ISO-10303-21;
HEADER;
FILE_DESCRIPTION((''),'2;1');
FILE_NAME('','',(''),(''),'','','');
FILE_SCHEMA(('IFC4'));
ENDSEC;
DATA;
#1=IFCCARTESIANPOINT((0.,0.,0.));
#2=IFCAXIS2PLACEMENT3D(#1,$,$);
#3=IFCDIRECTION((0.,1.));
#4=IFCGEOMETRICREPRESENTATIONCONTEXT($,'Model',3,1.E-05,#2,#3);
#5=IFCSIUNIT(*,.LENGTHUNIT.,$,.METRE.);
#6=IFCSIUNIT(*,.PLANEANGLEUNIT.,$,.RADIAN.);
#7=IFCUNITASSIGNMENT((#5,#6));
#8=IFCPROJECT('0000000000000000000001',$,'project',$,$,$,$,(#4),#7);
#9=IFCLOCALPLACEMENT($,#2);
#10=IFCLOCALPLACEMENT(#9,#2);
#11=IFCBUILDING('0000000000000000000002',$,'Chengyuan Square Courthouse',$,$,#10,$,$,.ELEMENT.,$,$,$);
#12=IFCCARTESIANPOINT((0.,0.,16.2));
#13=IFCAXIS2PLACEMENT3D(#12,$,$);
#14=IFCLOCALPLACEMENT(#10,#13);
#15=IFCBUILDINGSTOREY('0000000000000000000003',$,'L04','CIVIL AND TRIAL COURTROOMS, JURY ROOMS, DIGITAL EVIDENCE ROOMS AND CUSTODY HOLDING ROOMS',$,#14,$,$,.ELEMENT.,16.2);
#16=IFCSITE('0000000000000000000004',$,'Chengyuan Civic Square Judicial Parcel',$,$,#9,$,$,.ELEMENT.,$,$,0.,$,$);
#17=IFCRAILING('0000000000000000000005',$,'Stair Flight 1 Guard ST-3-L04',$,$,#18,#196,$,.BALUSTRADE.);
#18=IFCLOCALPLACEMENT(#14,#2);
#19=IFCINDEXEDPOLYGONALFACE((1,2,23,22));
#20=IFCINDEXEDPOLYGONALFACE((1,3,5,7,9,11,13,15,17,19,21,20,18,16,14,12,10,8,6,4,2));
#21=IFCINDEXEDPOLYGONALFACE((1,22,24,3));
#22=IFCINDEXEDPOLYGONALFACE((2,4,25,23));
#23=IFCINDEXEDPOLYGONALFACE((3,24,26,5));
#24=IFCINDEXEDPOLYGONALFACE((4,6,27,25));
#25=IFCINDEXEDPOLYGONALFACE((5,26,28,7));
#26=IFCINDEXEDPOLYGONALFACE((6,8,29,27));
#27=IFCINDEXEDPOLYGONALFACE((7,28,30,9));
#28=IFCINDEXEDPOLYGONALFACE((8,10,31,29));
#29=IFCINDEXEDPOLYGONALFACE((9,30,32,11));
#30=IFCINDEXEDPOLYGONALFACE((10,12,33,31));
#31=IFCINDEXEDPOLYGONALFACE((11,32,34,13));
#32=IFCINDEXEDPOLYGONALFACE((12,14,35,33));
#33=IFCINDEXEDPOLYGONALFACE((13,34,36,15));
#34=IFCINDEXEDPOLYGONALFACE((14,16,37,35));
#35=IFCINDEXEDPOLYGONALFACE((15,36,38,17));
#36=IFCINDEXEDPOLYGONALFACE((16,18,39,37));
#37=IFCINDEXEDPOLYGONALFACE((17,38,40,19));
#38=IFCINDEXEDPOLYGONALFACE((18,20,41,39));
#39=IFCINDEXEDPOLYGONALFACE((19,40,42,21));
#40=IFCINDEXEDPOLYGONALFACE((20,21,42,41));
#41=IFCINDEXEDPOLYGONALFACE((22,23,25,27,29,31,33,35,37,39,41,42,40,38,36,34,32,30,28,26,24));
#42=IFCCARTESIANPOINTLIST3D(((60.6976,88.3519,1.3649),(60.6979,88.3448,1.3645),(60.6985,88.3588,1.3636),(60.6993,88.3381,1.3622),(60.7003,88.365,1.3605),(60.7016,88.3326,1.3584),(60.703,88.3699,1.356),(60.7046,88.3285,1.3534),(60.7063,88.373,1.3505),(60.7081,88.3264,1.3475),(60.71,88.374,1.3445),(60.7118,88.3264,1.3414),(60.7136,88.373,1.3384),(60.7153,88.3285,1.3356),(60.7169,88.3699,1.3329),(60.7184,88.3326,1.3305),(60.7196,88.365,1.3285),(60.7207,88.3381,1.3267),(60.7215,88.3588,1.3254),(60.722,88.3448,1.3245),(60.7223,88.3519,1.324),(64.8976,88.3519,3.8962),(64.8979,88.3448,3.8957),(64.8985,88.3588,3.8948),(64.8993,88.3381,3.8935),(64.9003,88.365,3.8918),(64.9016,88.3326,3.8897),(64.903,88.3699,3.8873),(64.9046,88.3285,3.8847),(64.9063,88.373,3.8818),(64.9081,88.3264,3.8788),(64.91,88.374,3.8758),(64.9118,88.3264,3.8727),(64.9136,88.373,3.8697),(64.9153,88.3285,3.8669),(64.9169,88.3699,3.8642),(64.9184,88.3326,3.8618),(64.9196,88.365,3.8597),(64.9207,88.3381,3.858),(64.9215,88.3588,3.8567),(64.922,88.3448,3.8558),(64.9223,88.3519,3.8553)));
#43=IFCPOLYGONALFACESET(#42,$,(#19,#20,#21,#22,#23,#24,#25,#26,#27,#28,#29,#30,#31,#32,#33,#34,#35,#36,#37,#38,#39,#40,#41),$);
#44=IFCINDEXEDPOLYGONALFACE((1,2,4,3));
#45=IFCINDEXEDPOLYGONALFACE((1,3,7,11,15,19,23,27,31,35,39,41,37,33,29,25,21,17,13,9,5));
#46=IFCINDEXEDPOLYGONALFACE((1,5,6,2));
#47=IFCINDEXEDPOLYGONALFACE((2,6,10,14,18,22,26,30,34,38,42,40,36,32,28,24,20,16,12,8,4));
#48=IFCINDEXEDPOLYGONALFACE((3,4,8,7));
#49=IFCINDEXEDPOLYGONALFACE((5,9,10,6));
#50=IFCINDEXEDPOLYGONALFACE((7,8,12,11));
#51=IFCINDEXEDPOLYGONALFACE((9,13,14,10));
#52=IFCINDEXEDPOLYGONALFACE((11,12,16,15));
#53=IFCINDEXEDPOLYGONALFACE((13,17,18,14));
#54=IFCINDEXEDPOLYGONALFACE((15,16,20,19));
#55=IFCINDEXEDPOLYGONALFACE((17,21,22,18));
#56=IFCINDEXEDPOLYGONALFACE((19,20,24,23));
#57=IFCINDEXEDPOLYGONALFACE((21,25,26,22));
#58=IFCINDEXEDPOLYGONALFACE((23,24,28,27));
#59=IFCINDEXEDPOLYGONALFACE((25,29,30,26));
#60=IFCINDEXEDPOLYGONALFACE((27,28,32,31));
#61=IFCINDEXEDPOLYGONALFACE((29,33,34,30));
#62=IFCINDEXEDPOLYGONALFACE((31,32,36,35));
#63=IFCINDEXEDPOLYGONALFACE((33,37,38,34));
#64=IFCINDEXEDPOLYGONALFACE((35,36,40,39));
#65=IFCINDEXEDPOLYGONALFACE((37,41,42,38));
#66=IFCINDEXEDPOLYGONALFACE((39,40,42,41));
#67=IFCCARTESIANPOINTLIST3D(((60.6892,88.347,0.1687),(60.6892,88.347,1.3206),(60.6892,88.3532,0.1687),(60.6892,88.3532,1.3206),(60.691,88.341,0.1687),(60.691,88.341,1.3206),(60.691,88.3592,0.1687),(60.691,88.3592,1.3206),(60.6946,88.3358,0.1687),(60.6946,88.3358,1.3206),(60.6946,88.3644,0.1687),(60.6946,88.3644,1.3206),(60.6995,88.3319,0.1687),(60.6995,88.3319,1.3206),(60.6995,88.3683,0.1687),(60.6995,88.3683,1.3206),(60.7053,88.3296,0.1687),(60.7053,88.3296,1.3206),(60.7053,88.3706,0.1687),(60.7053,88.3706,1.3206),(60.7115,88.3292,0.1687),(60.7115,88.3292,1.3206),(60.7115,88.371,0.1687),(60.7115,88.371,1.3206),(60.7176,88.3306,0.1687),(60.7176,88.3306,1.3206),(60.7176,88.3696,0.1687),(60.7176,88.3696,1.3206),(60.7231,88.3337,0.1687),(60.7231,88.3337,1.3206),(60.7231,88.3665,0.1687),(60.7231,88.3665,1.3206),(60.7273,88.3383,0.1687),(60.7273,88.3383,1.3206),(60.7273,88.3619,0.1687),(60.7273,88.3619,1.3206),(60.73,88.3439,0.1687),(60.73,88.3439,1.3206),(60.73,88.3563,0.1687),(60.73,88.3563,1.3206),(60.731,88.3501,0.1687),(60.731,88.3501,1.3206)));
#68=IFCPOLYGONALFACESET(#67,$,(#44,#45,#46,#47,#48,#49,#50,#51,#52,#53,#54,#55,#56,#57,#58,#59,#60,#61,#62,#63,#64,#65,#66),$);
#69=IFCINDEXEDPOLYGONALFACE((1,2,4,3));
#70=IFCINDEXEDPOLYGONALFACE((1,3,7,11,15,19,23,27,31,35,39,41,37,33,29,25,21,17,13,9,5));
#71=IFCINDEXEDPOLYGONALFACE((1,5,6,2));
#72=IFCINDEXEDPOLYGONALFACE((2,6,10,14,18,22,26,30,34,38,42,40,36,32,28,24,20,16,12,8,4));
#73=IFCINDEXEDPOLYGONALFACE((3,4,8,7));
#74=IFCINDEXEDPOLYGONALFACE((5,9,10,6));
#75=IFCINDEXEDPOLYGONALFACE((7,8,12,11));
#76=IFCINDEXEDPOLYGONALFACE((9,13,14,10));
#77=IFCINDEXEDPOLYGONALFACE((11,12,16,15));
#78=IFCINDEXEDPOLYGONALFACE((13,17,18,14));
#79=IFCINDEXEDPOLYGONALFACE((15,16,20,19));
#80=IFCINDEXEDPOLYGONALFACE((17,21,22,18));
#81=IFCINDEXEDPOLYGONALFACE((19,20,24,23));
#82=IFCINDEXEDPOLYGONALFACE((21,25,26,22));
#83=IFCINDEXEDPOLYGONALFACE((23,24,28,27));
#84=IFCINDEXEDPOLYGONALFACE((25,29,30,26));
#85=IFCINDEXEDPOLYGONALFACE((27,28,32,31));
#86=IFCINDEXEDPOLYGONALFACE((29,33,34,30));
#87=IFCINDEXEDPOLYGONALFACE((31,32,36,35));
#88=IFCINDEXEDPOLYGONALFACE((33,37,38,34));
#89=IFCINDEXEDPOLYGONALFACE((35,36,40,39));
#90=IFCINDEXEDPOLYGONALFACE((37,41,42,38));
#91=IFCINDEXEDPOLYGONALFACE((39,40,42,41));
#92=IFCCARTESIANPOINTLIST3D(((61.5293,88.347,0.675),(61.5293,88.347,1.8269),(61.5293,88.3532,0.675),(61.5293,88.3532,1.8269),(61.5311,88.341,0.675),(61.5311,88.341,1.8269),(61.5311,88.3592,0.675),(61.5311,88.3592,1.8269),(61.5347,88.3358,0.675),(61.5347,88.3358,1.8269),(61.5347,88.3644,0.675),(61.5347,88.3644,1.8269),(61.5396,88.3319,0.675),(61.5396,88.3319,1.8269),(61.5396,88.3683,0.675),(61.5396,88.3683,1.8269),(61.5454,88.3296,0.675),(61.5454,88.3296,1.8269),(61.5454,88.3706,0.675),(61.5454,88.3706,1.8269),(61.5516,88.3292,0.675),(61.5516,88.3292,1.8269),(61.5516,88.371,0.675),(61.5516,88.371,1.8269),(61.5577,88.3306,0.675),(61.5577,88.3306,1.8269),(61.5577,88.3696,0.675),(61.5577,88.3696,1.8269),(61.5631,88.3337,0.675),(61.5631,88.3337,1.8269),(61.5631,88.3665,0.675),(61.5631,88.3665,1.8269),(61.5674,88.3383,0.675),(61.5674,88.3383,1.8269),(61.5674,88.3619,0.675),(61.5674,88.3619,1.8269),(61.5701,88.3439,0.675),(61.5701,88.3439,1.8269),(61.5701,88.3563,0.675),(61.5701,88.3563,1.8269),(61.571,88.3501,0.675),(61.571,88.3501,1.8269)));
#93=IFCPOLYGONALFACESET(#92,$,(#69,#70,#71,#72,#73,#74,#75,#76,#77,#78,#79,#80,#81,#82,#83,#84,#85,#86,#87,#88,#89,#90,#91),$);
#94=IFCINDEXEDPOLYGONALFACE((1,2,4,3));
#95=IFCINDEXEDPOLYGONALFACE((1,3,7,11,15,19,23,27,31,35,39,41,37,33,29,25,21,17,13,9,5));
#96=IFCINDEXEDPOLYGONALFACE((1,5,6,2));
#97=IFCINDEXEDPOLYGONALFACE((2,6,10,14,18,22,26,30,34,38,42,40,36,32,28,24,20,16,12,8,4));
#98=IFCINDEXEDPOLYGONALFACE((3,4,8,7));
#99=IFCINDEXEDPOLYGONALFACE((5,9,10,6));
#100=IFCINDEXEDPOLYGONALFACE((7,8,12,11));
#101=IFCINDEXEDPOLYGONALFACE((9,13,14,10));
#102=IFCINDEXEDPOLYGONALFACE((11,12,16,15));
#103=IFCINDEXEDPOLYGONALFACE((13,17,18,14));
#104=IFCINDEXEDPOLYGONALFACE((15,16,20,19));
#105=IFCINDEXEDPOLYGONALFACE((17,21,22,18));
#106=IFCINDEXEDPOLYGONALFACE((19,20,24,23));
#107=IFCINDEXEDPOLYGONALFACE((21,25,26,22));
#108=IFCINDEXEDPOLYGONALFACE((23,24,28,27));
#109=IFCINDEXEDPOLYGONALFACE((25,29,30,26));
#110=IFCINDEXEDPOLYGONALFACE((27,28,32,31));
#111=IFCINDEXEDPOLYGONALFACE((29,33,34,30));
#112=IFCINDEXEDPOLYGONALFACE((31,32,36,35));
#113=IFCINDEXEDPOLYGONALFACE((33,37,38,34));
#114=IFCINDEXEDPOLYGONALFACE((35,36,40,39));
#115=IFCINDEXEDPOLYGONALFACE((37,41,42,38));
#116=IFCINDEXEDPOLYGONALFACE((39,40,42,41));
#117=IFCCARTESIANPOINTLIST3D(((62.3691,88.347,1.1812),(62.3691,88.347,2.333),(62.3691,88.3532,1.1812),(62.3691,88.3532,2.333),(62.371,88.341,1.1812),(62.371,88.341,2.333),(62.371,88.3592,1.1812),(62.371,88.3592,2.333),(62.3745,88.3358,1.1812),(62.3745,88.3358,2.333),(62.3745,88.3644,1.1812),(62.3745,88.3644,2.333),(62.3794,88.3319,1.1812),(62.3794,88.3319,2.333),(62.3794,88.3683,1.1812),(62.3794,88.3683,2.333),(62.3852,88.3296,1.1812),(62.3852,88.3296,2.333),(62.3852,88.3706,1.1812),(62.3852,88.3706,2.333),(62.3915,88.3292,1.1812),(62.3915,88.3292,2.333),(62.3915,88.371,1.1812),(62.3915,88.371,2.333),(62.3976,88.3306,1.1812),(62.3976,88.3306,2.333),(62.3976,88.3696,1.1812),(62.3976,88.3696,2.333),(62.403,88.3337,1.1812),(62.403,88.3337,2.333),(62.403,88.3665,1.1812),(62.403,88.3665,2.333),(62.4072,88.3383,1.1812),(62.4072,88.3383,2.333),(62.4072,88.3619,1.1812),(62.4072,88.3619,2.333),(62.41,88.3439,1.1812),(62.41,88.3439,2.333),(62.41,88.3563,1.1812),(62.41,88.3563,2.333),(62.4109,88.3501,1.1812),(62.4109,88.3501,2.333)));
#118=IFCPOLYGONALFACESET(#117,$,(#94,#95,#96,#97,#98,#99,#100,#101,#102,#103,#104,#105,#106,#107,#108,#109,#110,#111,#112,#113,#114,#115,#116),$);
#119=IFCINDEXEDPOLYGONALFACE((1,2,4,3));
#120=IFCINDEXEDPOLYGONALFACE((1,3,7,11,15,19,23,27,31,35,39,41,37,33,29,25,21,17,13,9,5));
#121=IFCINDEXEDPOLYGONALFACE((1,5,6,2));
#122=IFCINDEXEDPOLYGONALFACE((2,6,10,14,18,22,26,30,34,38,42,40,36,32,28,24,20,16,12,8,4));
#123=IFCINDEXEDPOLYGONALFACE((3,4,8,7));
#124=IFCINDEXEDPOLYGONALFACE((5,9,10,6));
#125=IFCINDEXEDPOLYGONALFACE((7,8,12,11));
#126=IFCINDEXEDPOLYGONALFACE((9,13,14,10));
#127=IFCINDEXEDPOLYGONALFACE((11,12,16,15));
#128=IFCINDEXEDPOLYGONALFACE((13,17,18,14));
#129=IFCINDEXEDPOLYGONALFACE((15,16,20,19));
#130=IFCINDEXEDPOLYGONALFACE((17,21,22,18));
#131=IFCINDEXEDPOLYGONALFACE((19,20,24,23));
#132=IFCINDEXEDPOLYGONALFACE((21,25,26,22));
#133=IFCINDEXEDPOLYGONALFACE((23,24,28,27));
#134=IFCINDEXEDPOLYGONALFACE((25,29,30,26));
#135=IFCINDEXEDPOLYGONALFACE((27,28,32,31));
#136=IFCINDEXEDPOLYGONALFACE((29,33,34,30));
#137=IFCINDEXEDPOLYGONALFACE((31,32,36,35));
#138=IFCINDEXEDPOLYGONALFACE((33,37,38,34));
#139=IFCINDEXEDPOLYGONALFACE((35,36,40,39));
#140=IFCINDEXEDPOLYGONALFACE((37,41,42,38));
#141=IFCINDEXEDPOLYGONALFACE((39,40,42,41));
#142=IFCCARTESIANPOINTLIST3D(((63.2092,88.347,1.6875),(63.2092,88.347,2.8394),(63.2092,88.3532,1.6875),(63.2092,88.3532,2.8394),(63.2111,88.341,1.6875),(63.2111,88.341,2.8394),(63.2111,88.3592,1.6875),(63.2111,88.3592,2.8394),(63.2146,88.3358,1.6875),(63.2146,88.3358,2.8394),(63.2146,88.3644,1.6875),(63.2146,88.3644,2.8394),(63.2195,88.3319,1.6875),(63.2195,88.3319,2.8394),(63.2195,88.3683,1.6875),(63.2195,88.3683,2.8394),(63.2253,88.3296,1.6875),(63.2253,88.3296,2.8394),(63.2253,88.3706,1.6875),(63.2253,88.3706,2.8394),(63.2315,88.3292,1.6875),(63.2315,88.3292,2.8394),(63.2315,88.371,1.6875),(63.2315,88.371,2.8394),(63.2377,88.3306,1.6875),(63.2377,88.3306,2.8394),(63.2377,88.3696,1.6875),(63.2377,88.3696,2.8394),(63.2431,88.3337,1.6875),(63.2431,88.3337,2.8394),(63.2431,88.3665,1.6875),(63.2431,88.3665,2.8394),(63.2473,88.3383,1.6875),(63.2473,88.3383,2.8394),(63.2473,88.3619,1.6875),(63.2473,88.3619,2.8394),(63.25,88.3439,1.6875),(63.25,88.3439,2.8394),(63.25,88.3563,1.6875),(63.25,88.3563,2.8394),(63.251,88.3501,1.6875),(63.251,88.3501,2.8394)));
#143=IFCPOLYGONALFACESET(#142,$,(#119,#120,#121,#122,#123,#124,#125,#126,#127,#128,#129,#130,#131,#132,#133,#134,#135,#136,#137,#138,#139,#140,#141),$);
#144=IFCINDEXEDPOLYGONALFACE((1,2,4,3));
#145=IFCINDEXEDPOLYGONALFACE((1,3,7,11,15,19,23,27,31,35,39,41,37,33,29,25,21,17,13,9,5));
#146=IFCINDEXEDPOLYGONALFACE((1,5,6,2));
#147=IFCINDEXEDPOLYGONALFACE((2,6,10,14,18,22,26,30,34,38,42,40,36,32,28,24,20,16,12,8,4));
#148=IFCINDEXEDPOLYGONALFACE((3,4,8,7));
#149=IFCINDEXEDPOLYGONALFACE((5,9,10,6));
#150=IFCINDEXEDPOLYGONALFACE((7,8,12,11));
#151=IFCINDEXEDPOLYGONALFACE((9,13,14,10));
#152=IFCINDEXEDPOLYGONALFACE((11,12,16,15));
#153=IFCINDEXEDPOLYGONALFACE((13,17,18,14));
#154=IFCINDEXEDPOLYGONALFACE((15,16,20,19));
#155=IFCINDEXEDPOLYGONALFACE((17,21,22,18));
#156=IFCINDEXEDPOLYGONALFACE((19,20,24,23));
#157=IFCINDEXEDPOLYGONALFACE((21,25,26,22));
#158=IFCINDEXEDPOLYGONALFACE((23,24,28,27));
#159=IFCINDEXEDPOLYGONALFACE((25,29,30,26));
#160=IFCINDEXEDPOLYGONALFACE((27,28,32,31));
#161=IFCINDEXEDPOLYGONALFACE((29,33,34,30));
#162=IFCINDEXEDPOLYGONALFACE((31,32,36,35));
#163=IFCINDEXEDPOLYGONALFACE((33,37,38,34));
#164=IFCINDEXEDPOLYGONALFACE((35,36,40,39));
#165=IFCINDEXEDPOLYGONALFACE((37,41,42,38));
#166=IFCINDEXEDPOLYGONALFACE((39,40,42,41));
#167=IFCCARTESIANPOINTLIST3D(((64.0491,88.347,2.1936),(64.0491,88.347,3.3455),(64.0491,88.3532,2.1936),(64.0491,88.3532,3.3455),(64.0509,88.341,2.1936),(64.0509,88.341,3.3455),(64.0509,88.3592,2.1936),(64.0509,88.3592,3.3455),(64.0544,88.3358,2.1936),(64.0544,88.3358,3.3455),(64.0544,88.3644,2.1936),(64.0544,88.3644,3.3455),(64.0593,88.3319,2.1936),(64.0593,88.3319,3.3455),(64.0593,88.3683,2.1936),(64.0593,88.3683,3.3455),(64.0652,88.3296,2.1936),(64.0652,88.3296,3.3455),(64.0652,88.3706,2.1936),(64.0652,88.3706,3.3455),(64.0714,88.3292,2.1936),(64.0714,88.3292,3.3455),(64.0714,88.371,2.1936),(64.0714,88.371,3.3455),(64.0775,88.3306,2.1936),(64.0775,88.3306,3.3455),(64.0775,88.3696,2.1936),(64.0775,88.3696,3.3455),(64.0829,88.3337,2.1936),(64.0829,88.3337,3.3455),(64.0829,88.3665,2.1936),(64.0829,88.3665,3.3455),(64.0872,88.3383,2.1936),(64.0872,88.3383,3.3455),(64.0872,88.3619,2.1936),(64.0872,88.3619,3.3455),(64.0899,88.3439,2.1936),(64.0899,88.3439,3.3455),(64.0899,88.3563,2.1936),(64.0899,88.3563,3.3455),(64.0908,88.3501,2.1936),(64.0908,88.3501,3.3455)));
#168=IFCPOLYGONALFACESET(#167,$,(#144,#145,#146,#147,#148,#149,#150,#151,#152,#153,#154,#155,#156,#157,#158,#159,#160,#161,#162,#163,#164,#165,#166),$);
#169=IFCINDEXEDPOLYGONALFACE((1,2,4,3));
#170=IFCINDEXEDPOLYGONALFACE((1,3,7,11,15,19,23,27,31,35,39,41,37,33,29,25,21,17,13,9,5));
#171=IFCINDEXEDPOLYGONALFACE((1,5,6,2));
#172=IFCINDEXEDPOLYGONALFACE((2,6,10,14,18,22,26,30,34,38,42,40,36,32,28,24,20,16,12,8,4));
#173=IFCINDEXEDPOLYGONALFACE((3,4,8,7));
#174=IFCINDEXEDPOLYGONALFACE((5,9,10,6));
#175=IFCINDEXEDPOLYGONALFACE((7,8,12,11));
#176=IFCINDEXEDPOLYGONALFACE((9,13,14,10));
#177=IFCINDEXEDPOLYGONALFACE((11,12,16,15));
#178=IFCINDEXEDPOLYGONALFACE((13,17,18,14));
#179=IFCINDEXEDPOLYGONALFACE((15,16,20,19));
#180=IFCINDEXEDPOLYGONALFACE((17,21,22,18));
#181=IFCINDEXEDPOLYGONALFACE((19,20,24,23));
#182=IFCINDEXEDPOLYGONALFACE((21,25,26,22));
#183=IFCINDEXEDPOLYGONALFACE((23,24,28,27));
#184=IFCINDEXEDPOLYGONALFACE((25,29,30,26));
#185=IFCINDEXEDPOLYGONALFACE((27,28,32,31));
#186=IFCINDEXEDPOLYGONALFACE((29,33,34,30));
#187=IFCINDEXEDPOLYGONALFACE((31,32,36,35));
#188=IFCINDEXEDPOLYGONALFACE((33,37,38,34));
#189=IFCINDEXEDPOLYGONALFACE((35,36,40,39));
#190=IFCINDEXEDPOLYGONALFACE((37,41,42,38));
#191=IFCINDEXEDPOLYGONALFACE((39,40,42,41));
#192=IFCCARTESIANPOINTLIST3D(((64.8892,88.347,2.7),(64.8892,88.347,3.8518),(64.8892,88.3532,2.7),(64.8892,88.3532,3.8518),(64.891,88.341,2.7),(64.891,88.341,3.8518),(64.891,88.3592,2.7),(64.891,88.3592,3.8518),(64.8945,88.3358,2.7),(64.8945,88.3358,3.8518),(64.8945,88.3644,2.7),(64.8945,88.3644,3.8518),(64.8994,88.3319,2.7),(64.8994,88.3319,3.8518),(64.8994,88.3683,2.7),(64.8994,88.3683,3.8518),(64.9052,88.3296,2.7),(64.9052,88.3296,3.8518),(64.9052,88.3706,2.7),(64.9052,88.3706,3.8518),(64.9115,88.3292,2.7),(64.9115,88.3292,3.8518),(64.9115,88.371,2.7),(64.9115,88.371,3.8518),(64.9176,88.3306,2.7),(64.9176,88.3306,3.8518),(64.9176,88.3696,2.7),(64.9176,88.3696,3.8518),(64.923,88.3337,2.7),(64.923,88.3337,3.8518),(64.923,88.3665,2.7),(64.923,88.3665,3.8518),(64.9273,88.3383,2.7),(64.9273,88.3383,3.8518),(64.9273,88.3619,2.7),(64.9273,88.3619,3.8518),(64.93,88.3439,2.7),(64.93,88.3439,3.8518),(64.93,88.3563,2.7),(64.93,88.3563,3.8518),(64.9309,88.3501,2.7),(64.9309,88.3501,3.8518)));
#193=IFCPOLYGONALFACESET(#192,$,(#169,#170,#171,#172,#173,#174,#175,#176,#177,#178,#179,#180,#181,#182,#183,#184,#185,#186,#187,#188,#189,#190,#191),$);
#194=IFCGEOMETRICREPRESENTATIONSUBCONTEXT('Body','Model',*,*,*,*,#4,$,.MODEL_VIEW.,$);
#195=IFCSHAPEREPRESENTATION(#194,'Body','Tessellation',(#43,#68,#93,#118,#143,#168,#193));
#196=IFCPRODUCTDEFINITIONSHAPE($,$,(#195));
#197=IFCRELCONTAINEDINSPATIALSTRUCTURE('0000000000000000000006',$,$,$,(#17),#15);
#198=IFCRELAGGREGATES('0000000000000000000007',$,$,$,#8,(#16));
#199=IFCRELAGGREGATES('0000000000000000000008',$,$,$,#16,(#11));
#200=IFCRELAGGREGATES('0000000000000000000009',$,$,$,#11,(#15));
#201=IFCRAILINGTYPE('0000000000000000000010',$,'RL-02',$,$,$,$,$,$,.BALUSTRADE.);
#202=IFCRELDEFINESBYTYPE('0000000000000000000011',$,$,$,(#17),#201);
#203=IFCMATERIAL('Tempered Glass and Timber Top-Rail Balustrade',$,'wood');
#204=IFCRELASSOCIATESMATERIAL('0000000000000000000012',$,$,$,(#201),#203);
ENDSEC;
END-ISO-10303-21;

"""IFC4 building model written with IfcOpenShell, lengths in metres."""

from ifc_helpers import new_model, si_unit, direction, frame, origin, origin_2d, place, context, subcontext, project, spatial, circle, extrude, material, type_object, element, save


model = new_model("IFC4")

# Units and contexts
model_context = context("Model", 3, precision=1e-05, world=origin(), true_north=direction((0.0, 1.0)))
body_context = subcontext(model_context, "Body", "Model", "MODEL_VIEW")
ifc_project = project(units=[si_unit("LENGTHUNIT", "METRE"), si_unit("PLANEANGLEUNIT", "RADIAN")], contexts=[model_context])

# Site, building, storey
site_placement = place(None, origin())
site = spatial("IfcSite", under=ifc_project, at=site_placement, Name="Chengyuan Civic Square Judicial Parcel", CompositionType="ELEMENT", RefElevation=0.0)
building_placement = place(site_placement, origin())
building = spatial("IfcBuilding", under=site, at=building_placement, Name="Chengyuan Square Courthouse", CompositionType="ELEMENT")
storey_placement = place(building_placement, frame((0.0, 0.0, 16.2)))
storey = spatial("IfcBuildingStorey", under=building, at=storey_placement, Name="L04", Description="CIVIL AND TRIAL COURTROOMS, JURY ROOMS, DIGITAL EVIDENCE ROOMS AND CUSTODY HOLDING ROOMS", CompositionType="ELEMENT", Elevation=16.2)

# Railing
ifc_material_1 = material(Name="Tempered Glass and Timber Top-Rail Balustrade", Category="wood")
railing_type_1 = type_object("IfcRailingType", Name="RL-02", PredefinedType="BALUSTRADE", material=ifc_material_1)
railing_1_placement = place(storey_placement, frame((60.71, 88.3501, 0.1687)))
element("IfcRailing", 1, at=railing_1_placement, inside=storey, type_object=railing_type_1, Name="Stair Flight 1 Guard ST-3-L04", PredefinedType="BALUSTRADE", context=body_context, shape_type="SweptSolid", body=[
    extrude(circle(Radius=0.0239, at=origin_2d()), frame((0.0, 0.0, 1.1758), z_axis=(0.856476, 0.0, 0.516186), x_axis=(0.0, 1.0, 0.0)), (0.0, 0.0, 1.0), 4.9038),
    extrude(circle(Radius=0.021, at=origin_2d()), origin(), (0.0, 0.0, 1.0), 1.1519),
    extrude(circle(Radius=0.021, at=origin_2d()), frame((0.8401, 0.0, 0.5063)), (0.0, 0.0, 1.0), 1.1519),
    extrude(circle(Radius=0.021, at=origin_2d()), frame((1.6799, 0.0, 1.0125)), (0.0, 0.0, 1.0), 1.1519),
    extrude(circle(Radius=0.021, at=origin_2d()), frame((2.52, 0.0, 1.5188)), (0.0, 0.0, 1.0), 1.1519),
    extrude(circle(Radius=0.021, at=origin_2d()), frame((3.3599, 0.0, 2.0249)), (0.0, 0.0, 1.0), 1.1519),
    extrude(circle(Radius=0.021, at=origin_2d()), frame((4.2, 0.0, 2.5312)), (0.0, 0.0, 1.0), 1.1519),
])

save(model, "model.ifc")
